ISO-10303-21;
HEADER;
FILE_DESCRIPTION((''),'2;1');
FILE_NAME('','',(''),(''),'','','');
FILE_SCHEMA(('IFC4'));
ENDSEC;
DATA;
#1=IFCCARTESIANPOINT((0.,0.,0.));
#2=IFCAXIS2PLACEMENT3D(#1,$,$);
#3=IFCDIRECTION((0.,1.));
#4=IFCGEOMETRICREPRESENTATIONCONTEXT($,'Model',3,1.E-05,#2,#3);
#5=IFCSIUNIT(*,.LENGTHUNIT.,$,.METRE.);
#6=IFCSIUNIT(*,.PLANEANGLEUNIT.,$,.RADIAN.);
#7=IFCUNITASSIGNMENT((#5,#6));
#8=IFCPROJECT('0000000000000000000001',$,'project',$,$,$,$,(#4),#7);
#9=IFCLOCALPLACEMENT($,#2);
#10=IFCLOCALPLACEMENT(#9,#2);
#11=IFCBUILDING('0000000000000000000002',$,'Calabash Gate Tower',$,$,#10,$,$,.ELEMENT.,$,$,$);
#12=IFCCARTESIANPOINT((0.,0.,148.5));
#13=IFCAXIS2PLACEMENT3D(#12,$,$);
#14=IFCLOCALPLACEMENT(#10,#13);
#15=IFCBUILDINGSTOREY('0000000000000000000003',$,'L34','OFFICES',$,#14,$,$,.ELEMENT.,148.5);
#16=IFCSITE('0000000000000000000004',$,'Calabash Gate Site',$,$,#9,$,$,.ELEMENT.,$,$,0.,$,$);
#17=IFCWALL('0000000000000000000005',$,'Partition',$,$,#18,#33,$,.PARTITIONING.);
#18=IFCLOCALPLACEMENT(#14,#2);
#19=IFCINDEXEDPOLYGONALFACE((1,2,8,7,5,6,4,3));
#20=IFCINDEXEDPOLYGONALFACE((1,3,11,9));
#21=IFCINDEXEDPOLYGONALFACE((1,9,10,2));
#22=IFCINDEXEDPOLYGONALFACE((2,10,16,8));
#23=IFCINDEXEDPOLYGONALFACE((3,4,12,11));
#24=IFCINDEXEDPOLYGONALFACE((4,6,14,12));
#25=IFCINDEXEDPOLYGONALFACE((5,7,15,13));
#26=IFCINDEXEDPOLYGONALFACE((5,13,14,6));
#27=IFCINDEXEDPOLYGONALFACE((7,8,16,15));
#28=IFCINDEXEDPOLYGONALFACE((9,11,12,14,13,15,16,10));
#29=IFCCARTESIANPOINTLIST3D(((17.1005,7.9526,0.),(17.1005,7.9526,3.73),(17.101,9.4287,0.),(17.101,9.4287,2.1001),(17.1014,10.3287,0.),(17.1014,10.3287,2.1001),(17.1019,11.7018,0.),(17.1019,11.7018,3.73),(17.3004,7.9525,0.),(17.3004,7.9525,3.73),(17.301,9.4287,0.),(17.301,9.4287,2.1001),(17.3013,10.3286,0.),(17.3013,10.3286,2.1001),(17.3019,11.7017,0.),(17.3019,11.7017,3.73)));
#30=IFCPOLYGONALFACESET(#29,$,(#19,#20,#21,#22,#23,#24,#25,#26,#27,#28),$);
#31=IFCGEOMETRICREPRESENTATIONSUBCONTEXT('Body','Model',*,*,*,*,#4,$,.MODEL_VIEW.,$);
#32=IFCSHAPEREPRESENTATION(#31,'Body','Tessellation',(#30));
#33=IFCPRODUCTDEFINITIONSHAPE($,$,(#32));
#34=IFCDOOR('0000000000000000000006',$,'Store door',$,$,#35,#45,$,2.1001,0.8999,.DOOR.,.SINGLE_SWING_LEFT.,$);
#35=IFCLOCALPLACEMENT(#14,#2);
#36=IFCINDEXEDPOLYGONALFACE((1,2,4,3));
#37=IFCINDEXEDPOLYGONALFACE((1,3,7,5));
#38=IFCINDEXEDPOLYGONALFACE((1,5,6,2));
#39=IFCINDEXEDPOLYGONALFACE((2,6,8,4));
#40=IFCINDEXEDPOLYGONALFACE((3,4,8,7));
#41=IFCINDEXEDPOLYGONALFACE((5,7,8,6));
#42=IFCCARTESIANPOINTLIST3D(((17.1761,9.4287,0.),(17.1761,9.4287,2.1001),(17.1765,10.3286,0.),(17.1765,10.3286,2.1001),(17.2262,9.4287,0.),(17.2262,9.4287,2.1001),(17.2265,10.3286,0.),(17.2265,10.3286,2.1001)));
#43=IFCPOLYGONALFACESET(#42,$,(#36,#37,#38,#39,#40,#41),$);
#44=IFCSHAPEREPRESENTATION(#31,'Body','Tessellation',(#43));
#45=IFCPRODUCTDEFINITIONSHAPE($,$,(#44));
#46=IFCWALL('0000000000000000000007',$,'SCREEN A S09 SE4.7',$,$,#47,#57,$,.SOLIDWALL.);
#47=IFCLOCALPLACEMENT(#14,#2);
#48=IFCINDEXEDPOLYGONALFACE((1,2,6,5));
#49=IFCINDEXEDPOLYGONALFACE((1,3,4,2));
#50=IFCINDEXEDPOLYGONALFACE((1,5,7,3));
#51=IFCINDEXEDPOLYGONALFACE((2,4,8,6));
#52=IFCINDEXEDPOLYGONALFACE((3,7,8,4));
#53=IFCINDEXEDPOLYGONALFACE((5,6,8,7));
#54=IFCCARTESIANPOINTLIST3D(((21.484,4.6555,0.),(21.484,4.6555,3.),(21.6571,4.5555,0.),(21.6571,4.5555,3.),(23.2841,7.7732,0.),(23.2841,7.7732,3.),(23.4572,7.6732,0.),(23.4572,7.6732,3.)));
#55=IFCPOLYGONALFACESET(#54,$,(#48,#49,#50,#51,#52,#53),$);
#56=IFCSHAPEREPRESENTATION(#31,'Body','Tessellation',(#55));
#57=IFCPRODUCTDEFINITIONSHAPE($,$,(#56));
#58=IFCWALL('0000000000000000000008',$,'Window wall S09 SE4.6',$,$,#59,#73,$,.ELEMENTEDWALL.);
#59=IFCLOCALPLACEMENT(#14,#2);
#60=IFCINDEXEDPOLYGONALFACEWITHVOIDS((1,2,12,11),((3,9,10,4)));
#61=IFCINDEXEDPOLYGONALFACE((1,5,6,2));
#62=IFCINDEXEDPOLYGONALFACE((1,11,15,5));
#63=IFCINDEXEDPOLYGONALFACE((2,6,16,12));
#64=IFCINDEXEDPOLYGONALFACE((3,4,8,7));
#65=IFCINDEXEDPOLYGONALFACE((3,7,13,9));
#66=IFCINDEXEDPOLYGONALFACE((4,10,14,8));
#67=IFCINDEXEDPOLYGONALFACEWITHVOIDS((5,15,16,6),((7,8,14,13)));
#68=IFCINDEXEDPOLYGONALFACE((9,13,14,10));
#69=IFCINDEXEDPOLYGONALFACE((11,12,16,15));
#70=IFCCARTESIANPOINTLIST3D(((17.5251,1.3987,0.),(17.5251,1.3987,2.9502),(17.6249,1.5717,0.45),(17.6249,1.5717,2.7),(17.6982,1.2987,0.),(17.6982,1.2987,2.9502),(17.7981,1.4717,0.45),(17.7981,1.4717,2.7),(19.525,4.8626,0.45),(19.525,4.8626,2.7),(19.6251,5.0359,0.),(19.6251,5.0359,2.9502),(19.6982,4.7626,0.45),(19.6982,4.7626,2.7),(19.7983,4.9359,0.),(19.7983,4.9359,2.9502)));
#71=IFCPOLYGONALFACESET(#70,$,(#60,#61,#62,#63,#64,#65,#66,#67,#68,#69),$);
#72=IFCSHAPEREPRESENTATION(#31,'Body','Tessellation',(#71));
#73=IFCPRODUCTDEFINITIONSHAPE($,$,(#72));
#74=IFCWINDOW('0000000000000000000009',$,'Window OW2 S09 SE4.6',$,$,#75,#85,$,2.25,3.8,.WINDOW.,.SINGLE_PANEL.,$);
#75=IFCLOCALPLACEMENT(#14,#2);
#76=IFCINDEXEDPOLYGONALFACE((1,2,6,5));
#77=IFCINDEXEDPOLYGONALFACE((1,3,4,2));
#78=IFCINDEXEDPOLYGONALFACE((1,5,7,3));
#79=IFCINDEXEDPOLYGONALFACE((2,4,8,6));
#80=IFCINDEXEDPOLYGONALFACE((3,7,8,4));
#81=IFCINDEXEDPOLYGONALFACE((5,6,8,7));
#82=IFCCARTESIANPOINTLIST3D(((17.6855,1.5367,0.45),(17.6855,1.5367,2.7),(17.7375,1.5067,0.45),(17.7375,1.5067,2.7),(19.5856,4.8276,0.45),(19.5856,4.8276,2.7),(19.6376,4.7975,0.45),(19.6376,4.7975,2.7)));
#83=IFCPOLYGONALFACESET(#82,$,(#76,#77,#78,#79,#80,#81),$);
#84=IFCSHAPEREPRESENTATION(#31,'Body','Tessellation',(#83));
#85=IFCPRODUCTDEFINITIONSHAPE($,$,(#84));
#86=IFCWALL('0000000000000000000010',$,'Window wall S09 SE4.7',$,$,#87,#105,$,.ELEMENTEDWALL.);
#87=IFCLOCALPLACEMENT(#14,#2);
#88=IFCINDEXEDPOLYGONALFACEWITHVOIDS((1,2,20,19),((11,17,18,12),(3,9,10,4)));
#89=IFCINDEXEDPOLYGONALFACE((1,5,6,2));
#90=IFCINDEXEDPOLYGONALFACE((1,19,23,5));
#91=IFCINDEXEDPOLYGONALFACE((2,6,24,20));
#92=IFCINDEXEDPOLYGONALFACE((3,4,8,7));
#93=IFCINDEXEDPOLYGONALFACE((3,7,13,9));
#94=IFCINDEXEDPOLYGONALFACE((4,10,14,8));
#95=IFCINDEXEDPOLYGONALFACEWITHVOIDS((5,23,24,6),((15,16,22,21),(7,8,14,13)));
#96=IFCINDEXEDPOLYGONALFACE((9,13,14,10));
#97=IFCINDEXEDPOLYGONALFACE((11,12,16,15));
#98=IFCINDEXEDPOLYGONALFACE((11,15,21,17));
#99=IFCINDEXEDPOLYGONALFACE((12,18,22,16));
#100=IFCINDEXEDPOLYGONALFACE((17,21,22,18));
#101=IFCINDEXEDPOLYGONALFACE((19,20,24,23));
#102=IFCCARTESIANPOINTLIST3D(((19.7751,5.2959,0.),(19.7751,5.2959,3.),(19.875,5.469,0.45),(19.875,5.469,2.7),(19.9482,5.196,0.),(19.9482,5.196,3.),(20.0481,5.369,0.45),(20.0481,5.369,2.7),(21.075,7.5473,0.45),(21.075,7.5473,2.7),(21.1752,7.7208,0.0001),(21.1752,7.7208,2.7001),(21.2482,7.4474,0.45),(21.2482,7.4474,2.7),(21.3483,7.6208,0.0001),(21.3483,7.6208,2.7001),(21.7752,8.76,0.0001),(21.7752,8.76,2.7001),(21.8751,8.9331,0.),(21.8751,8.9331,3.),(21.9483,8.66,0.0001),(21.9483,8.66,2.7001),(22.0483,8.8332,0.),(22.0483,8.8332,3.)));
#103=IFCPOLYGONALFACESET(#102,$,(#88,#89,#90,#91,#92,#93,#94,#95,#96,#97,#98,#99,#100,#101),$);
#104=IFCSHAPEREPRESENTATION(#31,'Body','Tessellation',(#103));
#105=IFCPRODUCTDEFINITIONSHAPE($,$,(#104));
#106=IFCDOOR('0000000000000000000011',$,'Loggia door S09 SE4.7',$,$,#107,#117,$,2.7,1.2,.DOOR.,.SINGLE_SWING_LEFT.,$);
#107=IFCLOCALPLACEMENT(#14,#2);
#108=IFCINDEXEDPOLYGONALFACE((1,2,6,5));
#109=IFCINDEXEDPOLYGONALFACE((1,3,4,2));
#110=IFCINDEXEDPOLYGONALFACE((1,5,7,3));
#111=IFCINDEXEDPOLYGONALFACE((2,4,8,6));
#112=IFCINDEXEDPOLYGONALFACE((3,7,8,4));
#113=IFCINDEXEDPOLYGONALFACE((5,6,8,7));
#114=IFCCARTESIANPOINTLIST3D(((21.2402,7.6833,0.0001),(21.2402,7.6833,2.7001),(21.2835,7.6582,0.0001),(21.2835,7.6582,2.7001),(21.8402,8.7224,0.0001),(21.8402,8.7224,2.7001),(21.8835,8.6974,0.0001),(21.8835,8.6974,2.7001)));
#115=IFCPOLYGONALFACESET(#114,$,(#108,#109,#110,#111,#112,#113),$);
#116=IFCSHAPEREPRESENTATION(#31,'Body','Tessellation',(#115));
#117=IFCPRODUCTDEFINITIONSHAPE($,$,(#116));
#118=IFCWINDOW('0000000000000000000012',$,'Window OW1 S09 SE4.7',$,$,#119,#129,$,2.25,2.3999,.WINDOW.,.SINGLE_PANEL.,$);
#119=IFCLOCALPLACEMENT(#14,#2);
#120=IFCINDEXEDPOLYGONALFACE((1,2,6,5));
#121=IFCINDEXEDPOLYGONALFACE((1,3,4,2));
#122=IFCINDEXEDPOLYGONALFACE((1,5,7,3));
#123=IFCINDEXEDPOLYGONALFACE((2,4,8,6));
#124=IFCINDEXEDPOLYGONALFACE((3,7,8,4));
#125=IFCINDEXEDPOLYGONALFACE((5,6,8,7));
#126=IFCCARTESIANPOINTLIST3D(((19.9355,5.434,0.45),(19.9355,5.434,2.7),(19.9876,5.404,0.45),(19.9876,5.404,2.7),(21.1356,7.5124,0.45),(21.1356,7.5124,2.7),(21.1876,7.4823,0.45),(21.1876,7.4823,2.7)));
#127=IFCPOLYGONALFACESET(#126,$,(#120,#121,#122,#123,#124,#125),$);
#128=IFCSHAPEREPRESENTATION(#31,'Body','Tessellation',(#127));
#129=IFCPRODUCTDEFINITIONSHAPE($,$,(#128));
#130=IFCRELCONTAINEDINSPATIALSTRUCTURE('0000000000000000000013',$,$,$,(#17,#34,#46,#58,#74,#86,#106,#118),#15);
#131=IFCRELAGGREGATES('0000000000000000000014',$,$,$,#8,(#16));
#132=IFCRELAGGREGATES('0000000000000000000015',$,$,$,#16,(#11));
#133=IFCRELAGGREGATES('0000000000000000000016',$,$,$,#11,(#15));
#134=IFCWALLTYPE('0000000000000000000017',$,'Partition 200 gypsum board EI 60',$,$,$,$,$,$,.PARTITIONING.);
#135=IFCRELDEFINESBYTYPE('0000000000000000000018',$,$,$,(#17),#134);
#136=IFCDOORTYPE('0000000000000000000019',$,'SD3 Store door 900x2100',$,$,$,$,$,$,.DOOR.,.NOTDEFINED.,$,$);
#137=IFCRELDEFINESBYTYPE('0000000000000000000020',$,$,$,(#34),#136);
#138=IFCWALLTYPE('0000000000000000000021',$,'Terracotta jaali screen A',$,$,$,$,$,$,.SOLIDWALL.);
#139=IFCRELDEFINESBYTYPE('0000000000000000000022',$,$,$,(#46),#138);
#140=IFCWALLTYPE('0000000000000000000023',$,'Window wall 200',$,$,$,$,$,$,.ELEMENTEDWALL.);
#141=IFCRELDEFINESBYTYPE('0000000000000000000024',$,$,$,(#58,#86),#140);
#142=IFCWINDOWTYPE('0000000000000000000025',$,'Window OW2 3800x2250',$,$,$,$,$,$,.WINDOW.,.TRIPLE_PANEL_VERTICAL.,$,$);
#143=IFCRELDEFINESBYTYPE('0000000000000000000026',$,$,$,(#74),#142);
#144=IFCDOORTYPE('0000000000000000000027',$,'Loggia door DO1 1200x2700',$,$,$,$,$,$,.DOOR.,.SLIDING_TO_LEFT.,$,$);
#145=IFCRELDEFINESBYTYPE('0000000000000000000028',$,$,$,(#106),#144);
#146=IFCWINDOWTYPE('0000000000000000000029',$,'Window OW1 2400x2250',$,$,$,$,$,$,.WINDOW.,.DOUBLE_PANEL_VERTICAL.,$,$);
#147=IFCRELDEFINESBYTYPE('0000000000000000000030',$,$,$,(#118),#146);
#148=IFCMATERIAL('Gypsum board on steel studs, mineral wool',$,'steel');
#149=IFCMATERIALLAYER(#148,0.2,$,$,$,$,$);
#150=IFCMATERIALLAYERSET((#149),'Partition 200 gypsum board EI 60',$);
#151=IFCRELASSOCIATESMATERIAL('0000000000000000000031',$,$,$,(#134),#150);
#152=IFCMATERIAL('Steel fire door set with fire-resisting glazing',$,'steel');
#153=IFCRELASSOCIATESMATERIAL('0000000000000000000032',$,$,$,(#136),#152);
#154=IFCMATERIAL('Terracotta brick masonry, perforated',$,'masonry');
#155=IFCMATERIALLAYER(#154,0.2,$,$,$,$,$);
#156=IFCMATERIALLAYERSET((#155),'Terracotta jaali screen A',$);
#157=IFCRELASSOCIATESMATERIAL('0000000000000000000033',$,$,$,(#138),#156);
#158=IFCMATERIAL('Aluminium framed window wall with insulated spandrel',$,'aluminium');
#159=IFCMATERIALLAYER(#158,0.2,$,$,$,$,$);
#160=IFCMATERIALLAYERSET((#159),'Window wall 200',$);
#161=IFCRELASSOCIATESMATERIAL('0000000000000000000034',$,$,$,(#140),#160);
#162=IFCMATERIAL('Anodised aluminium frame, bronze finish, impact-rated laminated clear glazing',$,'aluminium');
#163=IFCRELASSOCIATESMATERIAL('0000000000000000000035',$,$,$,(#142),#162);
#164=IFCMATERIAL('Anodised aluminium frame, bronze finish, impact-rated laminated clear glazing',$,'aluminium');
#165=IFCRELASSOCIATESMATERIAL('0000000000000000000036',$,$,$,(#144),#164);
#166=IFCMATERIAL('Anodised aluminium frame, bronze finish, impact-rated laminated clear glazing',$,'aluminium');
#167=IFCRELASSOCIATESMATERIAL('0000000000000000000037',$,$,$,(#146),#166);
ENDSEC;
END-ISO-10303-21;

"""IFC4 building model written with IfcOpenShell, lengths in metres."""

from ifc_helpers import new_model, si_unit, direction, frame, frame_2d, origin, place, context, subcontext, project, spatial, rectangle, extrude, material, layer, layer_set, type_object, element, fill, save


model = new_model("IFC4")

# Units and contexts
model_context = context("Model", 3, precision=1e-05, world=origin(), true_north=direction((0.0, 1.0)))
body_context = subcontext(model_context, "Body", "Model", "MODEL_VIEW")
ifc_project = project(units=[si_unit("LENGTHUNIT", "METRE"), si_unit("PLANEANGLEUNIT", "RADIAN")], contexts=[model_context])

# Site, building, storey
site_placement = place(None, origin())
site = spatial("IfcSite", under=ifc_project, at=site_placement, Name="Calabash Gate Site", CompositionType="ELEMENT", RefElevation=0.0)
building_placement = place(site_placement, origin())
building = spatial("IfcBuilding", under=site, at=building_placement, Name="Calabash Gate Tower", CompositionType="ELEMENT")
storey_placement = place(building_placement, frame((0.0, 0.0, 148.5)))
storey = spatial("IfcBuildingStorey", under=building, at=storey_placement, Name="L34", Description="OFFICES", CompositionType="ELEMENT", Elevation=148.5)

# Shared definitions
ifc_material_1 = material(Name="Gypsum board on steel studs, mineral wool", Category="steel")
ifc_layer_1 = layer(ifc_material_1, 0.2)
ifc_layer_set_1 = layer_set([ifc_layer_1], Name="Partition 200 gypsum board EI 60")
wall_type_1 = type_object("IfcWallType", Name="Partition 200 gypsum board EI 60", PredefinedType="PARTITIONING", material=ifc_layer_set_1)

# Wall, opening, door
wall_1_placement = place(storey_placement, frame((17.2004, 7.9526, 0.0), z_axis=(0.0, 0.0, 1.0), x_axis=(0.000391, 1.0, 0.0)))
wall_1 = element("IfcWall", 1, at=wall_1_placement, inside=storey, type_object=wall_type_1, Name="Partition", PredefinedType="PARTITIONING", context=body_context, shape_type="SweptSolid", body=[
    extrude(rectangle(XDim=3.7493, YDim=0.2, at=frame_2d((1.8745, 0.0))), origin(), (0.0, 0.0, 1.0), 3.73),
])
opening_1_placement = place(wall_1_placement, frame((1.4761, 0.0, 0.0)))
opening_1 = element("IfcOpeningElement", 2, at=opening_1_placement, cuts=wall_1, PredefinedType="OPENING", context=body_context, shape_type="SweptSolid", body=[
    extrude(rectangle(XDim=0.8999, YDim=2.1001, at=frame_2d((0.45, 1.05))), frame((0.0, 0.1099, 0.0), z_axis=(0.0, -1.0, 0.0), x_axis=(1.0, 0.0, 0.0)), (0.0, 0.0, 1.0), 0.22),
])
ifc_material_2 = material(Name="Steel fire door set with fire-resisting glazing", Category="steel")
door_type_1 = type_object("IfcDoorType", Name="SD3 Store door 900x2100", OperationType="NOTDEFINED", PredefinedType="DOOR", material=ifc_material_2)
door_1_placement = place(opening_1_placement, origin())
door_1 = element("IfcDoor", 3, at=door_1_placement, inside=storey, type_object=door_type_1, Name="Store door", OperationType="SINGLE_SWING_LEFT", OverallHeight=2.1001, OverallWidth=0.8999, PredefinedType="DOOR", context=body_context, shape_type="SweptSolid", body=[
    extrude(rectangle(XDim=0.8999, YDim=2.1001, at=frame_2d((0.45, 1.05))), frame((0.0, 0.0249, 0.0), z_axis=(0.0, -1.0, 0.0), x_axis=(1.0, 0.0, 0.0)), (0.0, 0.0, 1.0), 0.05),
])
fill(opening_1, door_1)

# Wall
ifc_material_3 = material(Name="Terracotta brick masonry, perforated", Category="masonry")
ifc_layer_2 = layer(ifc_material_3, 0.2)
ifc_layer_set_2 = layer_set([ifc_layer_2], Name="Terracotta jaali screen A")
wall_type_2 = type_object("IfcWallType", Name="Terracotta jaali screen A", PredefinedType="SOLIDWALL", material=ifc_layer_set_2)
wall_2_placement = place(storey_placement, frame((21.5706, 4.6055, 0.0), z_axis=(0.0, 0.0, 1.0), x_axis=(0.500012, 0.866018, 0.0)))
element("IfcWall", 4, at=wall_2_placement, inside=storey, type_object=wall_type_2, Name="SCREEN A S09 SE4.7", PredefinedType="SOLIDWALL", context=body_context, shape_type="SweptSolid", body=[
    extrude(rectangle(XDim=3.6001, YDim=0.2, at=frame_2d((1.8, 0.0))), origin(), (0.0, 0.0, 1.0), 3.0),
])

# Wall, opening, window
ifc_material_4 = material(Name="Aluminium framed window wall with insulated spandrel", Category="aluminium")
ifc_layer_3 = layer(ifc_material_4, 0.2)
ifc_layer_set_3 = layer_set([ifc_layer_3], Name="Window wall 200")
wall_type_3 = type_object("IfcWallType", Name="Window wall 200", PredefinedType="ELEMENTEDWALL", material=ifc_layer_set_3)
wall_3_placement = place(storey_placement, frame((17.6116, 1.3486, 0.0), z_axis=(0.0, 0.0, 1.0), x_axis=(0.500028, 0.866009, 0.0)))
wall_3 = element("IfcWall", 5, at=wall_3_placement, inside=storey, type_object=wall_type_3, Name="Window wall S09 SE4.6", PredefinedType="ELEMENTEDWALL", context=body_context, shape_type="SweptSolid", body=[
    extrude(rectangle(XDim=4.2, YDim=0.2, at=frame_2d((2.1001, 0.0))), origin(), (0.0, 0.0, 1.0), 2.9502),
])
opening_2_placement = place(wall_3_placement, frame((0.2, 0.0, 0.45)))
opening_2 = element("IfcOpeningElement", 6, at=opening_2_placement, cuts=wall_3, PredefinedType="OPENING", context=body_context, shape_type="SweptSolid", body=[
    extrude(rectangle(XDim=3.8, YDim=2.25, at=frame_2d((1.8999, 1.125))), frame((0.0, 0.1099, 0.0), z_axis=(0.0, -1.0, 0.0), x_axis=(1.0, 0.0, 0.0)), (0.0, 0.0, 1.0), 0.22),
])
ifc_material_5 = material(Name="Anodised aluminium frame, bronze finish, impact-rated laminated clear glazing", Category="aluminium")
window_type_1 = type_object("IfcWindowType", Name="Window OW2 3800x2250", PartitioningType="TRIPLE_PANEL_VERTICAL", PredefinedType="WINDOW", material=ifc_material_5)
window_1_placement = place(opening_2_placement, origin())
window_1 = element("IfcWindow", 7, at=window_1_placement, inside=storey, type_object=window_type_1, Name="Window OW2 S09 SE4.6", OverallHeight=2.25, OverallWidth=3.8, PartitioningType="SINGLE_PANEL", PredefinedType="WINDOW", context=body_context, shape_type="SweptSolid", body=[
    extrude(rectangle(XDim=3.8, YDim=2.25, at=frame_2d((1.8999, 1.125))), frame((0.0, 0.03, 0.0), z_axis=(0.0, -1.0, 0.0), x_axis=(1.0, 0.0, 0.0)), (0.0, 0.0, 1.0), 0.0601),
])
fill(opening_2, window_1)

# Wall, openings, door, window
wall_4_placement = place(storey_placement, frame((19.8616, 5.2458, 0.0), z_axis=(0.0, 0.0, 1.0), x_axis=(0.500028, 0.866009, 0.0)))
wall_4 = element("IfcWall", 8, at=wall_4_placement, inside=storey, type_object=wall_type_3, Name="Window wall S09 SE4.7", PredefinedType="ELEMENTEDWALL", context=body_context, shape_type="SweptSolid", body=[
    extrude(rectangle(XDim=4.2, YDim=0.2, at=frame_2d((2.1001, 0.0))), origin(), (0.0, 0.0, 1.0), 3.0),
])
opening_3_placement = place(wall_4_placement, frame((0.2, 0.0, 0.45)))
opening_3 = element("IfcOpeningElement", 9, at=opening_3_placement, cuts=wall_4, PredefinedType="OPENING", context=body_context, shape_type="SweptSolid", body=[
    extrude(rectangle(XDim=2.3999, YDim=2.25, at=frame_2d((1.2, 1.125))), frame((0.0, 0.1099, 0.0), z_axis=(0.0, -1.0, 0.0), x_axis=(1.0, 0.0, 0.0)), (0.0, 0.0, 1.0), 0.22),
])
opening_4_placement = place(wall_4_placement, frame((2.8, 0.0, 0.0)))
opening_4 = element("IfcOpeningElement", 10, at=opening_4_placement, cuts=wall_4, PredefinedType="OPENING", context=body_context, shape_type="SweptSolid", body=[
    extrude(rectangle(XDim=1.2, YDim=2.7, at=frame_2d((0.6001, 1.3501))), frame((0.0, 0.1099, 0.0), z_axis=(0.0, -1.0, 0.0), x_axis=(1.0, 0.0, 0.0)), (0.0, 0.0, 1.0), 0.22),
])
ifc_material_6 = material(Name="Anodised aluminium frame, bronze finish, impact-rated laminated clear glazing", Category="aluminium")
door_type_2 = type_object("IfcDoorType", Name="Loggia door DO1 1200x2700", OperationType="SLIDING_TO_LEFT", PredefinedType="DOOR", material=ifc_material_6)
door_2_placement = place(opening_4_placement, origin())
door_2 = element("IfcDoor", 11, at=door_2_placement, inside=storey, type_object=door_type_2, Name="Loggia door S09 SE4.7", OperationType="SINGLE_SWING_LEFT", OverallHeight=2.7, OverallWidth=1.2, PredefinedType="DOOR", context=body_context, shape_type="SweptSolid", body=[
    extrude(rectangle(XDim=1.2, YDim=2.7, at=frame_2d((0.6001, 1.3501))), frame((0.0, 0.0249, 0.0), z_axis=(0.0, -1.0, 0.0), x_axis=(1.0, 0.0, 0.0)), (0.0, 0.0, 1.0), 0.05),
])
fill(opening_4, door_2)
ifc_material_7 = material(Name="Anodised aluminium frame, bronze finish, impact-rated laminated clear glazing", Category="aluminium")
window_type_2 = type_object("IfcWindowType", Name="Window OW1 2400x2250", PartitioningType="DOUBLE_PANEL_VERTICAL", PredefinedType="WINDOW", material=ifc_material_7)
window_2_placement = place(opening_3_placement, origin())
window_2 = element("IfcWindow", 12, at=window_2_placement, inside=storey, type_object=window_type_2, Name="Window OW1 S09 SE4.7", OverallHeight=2.25, OverallWidth=2.3999, PartitioningType="SINGLE_PANEL", PredefinedType="WINDOW", context=body_context, shape_type="SweptSolid", body=[
    extrude(rectangle(XDim=2.3999, YDim=2.25, at=frame_2d((1.2, 1.125))), frame((0.0, 0.03, 0.0), z_axis=(0.0, -1.0, 0.0), x_axis=(1.0, 0.0, 0.0)), (0.0, 0.0, 1.0), 0.0601),
])
fill(opening_3, window_2)

save(model, "model.ifc")
